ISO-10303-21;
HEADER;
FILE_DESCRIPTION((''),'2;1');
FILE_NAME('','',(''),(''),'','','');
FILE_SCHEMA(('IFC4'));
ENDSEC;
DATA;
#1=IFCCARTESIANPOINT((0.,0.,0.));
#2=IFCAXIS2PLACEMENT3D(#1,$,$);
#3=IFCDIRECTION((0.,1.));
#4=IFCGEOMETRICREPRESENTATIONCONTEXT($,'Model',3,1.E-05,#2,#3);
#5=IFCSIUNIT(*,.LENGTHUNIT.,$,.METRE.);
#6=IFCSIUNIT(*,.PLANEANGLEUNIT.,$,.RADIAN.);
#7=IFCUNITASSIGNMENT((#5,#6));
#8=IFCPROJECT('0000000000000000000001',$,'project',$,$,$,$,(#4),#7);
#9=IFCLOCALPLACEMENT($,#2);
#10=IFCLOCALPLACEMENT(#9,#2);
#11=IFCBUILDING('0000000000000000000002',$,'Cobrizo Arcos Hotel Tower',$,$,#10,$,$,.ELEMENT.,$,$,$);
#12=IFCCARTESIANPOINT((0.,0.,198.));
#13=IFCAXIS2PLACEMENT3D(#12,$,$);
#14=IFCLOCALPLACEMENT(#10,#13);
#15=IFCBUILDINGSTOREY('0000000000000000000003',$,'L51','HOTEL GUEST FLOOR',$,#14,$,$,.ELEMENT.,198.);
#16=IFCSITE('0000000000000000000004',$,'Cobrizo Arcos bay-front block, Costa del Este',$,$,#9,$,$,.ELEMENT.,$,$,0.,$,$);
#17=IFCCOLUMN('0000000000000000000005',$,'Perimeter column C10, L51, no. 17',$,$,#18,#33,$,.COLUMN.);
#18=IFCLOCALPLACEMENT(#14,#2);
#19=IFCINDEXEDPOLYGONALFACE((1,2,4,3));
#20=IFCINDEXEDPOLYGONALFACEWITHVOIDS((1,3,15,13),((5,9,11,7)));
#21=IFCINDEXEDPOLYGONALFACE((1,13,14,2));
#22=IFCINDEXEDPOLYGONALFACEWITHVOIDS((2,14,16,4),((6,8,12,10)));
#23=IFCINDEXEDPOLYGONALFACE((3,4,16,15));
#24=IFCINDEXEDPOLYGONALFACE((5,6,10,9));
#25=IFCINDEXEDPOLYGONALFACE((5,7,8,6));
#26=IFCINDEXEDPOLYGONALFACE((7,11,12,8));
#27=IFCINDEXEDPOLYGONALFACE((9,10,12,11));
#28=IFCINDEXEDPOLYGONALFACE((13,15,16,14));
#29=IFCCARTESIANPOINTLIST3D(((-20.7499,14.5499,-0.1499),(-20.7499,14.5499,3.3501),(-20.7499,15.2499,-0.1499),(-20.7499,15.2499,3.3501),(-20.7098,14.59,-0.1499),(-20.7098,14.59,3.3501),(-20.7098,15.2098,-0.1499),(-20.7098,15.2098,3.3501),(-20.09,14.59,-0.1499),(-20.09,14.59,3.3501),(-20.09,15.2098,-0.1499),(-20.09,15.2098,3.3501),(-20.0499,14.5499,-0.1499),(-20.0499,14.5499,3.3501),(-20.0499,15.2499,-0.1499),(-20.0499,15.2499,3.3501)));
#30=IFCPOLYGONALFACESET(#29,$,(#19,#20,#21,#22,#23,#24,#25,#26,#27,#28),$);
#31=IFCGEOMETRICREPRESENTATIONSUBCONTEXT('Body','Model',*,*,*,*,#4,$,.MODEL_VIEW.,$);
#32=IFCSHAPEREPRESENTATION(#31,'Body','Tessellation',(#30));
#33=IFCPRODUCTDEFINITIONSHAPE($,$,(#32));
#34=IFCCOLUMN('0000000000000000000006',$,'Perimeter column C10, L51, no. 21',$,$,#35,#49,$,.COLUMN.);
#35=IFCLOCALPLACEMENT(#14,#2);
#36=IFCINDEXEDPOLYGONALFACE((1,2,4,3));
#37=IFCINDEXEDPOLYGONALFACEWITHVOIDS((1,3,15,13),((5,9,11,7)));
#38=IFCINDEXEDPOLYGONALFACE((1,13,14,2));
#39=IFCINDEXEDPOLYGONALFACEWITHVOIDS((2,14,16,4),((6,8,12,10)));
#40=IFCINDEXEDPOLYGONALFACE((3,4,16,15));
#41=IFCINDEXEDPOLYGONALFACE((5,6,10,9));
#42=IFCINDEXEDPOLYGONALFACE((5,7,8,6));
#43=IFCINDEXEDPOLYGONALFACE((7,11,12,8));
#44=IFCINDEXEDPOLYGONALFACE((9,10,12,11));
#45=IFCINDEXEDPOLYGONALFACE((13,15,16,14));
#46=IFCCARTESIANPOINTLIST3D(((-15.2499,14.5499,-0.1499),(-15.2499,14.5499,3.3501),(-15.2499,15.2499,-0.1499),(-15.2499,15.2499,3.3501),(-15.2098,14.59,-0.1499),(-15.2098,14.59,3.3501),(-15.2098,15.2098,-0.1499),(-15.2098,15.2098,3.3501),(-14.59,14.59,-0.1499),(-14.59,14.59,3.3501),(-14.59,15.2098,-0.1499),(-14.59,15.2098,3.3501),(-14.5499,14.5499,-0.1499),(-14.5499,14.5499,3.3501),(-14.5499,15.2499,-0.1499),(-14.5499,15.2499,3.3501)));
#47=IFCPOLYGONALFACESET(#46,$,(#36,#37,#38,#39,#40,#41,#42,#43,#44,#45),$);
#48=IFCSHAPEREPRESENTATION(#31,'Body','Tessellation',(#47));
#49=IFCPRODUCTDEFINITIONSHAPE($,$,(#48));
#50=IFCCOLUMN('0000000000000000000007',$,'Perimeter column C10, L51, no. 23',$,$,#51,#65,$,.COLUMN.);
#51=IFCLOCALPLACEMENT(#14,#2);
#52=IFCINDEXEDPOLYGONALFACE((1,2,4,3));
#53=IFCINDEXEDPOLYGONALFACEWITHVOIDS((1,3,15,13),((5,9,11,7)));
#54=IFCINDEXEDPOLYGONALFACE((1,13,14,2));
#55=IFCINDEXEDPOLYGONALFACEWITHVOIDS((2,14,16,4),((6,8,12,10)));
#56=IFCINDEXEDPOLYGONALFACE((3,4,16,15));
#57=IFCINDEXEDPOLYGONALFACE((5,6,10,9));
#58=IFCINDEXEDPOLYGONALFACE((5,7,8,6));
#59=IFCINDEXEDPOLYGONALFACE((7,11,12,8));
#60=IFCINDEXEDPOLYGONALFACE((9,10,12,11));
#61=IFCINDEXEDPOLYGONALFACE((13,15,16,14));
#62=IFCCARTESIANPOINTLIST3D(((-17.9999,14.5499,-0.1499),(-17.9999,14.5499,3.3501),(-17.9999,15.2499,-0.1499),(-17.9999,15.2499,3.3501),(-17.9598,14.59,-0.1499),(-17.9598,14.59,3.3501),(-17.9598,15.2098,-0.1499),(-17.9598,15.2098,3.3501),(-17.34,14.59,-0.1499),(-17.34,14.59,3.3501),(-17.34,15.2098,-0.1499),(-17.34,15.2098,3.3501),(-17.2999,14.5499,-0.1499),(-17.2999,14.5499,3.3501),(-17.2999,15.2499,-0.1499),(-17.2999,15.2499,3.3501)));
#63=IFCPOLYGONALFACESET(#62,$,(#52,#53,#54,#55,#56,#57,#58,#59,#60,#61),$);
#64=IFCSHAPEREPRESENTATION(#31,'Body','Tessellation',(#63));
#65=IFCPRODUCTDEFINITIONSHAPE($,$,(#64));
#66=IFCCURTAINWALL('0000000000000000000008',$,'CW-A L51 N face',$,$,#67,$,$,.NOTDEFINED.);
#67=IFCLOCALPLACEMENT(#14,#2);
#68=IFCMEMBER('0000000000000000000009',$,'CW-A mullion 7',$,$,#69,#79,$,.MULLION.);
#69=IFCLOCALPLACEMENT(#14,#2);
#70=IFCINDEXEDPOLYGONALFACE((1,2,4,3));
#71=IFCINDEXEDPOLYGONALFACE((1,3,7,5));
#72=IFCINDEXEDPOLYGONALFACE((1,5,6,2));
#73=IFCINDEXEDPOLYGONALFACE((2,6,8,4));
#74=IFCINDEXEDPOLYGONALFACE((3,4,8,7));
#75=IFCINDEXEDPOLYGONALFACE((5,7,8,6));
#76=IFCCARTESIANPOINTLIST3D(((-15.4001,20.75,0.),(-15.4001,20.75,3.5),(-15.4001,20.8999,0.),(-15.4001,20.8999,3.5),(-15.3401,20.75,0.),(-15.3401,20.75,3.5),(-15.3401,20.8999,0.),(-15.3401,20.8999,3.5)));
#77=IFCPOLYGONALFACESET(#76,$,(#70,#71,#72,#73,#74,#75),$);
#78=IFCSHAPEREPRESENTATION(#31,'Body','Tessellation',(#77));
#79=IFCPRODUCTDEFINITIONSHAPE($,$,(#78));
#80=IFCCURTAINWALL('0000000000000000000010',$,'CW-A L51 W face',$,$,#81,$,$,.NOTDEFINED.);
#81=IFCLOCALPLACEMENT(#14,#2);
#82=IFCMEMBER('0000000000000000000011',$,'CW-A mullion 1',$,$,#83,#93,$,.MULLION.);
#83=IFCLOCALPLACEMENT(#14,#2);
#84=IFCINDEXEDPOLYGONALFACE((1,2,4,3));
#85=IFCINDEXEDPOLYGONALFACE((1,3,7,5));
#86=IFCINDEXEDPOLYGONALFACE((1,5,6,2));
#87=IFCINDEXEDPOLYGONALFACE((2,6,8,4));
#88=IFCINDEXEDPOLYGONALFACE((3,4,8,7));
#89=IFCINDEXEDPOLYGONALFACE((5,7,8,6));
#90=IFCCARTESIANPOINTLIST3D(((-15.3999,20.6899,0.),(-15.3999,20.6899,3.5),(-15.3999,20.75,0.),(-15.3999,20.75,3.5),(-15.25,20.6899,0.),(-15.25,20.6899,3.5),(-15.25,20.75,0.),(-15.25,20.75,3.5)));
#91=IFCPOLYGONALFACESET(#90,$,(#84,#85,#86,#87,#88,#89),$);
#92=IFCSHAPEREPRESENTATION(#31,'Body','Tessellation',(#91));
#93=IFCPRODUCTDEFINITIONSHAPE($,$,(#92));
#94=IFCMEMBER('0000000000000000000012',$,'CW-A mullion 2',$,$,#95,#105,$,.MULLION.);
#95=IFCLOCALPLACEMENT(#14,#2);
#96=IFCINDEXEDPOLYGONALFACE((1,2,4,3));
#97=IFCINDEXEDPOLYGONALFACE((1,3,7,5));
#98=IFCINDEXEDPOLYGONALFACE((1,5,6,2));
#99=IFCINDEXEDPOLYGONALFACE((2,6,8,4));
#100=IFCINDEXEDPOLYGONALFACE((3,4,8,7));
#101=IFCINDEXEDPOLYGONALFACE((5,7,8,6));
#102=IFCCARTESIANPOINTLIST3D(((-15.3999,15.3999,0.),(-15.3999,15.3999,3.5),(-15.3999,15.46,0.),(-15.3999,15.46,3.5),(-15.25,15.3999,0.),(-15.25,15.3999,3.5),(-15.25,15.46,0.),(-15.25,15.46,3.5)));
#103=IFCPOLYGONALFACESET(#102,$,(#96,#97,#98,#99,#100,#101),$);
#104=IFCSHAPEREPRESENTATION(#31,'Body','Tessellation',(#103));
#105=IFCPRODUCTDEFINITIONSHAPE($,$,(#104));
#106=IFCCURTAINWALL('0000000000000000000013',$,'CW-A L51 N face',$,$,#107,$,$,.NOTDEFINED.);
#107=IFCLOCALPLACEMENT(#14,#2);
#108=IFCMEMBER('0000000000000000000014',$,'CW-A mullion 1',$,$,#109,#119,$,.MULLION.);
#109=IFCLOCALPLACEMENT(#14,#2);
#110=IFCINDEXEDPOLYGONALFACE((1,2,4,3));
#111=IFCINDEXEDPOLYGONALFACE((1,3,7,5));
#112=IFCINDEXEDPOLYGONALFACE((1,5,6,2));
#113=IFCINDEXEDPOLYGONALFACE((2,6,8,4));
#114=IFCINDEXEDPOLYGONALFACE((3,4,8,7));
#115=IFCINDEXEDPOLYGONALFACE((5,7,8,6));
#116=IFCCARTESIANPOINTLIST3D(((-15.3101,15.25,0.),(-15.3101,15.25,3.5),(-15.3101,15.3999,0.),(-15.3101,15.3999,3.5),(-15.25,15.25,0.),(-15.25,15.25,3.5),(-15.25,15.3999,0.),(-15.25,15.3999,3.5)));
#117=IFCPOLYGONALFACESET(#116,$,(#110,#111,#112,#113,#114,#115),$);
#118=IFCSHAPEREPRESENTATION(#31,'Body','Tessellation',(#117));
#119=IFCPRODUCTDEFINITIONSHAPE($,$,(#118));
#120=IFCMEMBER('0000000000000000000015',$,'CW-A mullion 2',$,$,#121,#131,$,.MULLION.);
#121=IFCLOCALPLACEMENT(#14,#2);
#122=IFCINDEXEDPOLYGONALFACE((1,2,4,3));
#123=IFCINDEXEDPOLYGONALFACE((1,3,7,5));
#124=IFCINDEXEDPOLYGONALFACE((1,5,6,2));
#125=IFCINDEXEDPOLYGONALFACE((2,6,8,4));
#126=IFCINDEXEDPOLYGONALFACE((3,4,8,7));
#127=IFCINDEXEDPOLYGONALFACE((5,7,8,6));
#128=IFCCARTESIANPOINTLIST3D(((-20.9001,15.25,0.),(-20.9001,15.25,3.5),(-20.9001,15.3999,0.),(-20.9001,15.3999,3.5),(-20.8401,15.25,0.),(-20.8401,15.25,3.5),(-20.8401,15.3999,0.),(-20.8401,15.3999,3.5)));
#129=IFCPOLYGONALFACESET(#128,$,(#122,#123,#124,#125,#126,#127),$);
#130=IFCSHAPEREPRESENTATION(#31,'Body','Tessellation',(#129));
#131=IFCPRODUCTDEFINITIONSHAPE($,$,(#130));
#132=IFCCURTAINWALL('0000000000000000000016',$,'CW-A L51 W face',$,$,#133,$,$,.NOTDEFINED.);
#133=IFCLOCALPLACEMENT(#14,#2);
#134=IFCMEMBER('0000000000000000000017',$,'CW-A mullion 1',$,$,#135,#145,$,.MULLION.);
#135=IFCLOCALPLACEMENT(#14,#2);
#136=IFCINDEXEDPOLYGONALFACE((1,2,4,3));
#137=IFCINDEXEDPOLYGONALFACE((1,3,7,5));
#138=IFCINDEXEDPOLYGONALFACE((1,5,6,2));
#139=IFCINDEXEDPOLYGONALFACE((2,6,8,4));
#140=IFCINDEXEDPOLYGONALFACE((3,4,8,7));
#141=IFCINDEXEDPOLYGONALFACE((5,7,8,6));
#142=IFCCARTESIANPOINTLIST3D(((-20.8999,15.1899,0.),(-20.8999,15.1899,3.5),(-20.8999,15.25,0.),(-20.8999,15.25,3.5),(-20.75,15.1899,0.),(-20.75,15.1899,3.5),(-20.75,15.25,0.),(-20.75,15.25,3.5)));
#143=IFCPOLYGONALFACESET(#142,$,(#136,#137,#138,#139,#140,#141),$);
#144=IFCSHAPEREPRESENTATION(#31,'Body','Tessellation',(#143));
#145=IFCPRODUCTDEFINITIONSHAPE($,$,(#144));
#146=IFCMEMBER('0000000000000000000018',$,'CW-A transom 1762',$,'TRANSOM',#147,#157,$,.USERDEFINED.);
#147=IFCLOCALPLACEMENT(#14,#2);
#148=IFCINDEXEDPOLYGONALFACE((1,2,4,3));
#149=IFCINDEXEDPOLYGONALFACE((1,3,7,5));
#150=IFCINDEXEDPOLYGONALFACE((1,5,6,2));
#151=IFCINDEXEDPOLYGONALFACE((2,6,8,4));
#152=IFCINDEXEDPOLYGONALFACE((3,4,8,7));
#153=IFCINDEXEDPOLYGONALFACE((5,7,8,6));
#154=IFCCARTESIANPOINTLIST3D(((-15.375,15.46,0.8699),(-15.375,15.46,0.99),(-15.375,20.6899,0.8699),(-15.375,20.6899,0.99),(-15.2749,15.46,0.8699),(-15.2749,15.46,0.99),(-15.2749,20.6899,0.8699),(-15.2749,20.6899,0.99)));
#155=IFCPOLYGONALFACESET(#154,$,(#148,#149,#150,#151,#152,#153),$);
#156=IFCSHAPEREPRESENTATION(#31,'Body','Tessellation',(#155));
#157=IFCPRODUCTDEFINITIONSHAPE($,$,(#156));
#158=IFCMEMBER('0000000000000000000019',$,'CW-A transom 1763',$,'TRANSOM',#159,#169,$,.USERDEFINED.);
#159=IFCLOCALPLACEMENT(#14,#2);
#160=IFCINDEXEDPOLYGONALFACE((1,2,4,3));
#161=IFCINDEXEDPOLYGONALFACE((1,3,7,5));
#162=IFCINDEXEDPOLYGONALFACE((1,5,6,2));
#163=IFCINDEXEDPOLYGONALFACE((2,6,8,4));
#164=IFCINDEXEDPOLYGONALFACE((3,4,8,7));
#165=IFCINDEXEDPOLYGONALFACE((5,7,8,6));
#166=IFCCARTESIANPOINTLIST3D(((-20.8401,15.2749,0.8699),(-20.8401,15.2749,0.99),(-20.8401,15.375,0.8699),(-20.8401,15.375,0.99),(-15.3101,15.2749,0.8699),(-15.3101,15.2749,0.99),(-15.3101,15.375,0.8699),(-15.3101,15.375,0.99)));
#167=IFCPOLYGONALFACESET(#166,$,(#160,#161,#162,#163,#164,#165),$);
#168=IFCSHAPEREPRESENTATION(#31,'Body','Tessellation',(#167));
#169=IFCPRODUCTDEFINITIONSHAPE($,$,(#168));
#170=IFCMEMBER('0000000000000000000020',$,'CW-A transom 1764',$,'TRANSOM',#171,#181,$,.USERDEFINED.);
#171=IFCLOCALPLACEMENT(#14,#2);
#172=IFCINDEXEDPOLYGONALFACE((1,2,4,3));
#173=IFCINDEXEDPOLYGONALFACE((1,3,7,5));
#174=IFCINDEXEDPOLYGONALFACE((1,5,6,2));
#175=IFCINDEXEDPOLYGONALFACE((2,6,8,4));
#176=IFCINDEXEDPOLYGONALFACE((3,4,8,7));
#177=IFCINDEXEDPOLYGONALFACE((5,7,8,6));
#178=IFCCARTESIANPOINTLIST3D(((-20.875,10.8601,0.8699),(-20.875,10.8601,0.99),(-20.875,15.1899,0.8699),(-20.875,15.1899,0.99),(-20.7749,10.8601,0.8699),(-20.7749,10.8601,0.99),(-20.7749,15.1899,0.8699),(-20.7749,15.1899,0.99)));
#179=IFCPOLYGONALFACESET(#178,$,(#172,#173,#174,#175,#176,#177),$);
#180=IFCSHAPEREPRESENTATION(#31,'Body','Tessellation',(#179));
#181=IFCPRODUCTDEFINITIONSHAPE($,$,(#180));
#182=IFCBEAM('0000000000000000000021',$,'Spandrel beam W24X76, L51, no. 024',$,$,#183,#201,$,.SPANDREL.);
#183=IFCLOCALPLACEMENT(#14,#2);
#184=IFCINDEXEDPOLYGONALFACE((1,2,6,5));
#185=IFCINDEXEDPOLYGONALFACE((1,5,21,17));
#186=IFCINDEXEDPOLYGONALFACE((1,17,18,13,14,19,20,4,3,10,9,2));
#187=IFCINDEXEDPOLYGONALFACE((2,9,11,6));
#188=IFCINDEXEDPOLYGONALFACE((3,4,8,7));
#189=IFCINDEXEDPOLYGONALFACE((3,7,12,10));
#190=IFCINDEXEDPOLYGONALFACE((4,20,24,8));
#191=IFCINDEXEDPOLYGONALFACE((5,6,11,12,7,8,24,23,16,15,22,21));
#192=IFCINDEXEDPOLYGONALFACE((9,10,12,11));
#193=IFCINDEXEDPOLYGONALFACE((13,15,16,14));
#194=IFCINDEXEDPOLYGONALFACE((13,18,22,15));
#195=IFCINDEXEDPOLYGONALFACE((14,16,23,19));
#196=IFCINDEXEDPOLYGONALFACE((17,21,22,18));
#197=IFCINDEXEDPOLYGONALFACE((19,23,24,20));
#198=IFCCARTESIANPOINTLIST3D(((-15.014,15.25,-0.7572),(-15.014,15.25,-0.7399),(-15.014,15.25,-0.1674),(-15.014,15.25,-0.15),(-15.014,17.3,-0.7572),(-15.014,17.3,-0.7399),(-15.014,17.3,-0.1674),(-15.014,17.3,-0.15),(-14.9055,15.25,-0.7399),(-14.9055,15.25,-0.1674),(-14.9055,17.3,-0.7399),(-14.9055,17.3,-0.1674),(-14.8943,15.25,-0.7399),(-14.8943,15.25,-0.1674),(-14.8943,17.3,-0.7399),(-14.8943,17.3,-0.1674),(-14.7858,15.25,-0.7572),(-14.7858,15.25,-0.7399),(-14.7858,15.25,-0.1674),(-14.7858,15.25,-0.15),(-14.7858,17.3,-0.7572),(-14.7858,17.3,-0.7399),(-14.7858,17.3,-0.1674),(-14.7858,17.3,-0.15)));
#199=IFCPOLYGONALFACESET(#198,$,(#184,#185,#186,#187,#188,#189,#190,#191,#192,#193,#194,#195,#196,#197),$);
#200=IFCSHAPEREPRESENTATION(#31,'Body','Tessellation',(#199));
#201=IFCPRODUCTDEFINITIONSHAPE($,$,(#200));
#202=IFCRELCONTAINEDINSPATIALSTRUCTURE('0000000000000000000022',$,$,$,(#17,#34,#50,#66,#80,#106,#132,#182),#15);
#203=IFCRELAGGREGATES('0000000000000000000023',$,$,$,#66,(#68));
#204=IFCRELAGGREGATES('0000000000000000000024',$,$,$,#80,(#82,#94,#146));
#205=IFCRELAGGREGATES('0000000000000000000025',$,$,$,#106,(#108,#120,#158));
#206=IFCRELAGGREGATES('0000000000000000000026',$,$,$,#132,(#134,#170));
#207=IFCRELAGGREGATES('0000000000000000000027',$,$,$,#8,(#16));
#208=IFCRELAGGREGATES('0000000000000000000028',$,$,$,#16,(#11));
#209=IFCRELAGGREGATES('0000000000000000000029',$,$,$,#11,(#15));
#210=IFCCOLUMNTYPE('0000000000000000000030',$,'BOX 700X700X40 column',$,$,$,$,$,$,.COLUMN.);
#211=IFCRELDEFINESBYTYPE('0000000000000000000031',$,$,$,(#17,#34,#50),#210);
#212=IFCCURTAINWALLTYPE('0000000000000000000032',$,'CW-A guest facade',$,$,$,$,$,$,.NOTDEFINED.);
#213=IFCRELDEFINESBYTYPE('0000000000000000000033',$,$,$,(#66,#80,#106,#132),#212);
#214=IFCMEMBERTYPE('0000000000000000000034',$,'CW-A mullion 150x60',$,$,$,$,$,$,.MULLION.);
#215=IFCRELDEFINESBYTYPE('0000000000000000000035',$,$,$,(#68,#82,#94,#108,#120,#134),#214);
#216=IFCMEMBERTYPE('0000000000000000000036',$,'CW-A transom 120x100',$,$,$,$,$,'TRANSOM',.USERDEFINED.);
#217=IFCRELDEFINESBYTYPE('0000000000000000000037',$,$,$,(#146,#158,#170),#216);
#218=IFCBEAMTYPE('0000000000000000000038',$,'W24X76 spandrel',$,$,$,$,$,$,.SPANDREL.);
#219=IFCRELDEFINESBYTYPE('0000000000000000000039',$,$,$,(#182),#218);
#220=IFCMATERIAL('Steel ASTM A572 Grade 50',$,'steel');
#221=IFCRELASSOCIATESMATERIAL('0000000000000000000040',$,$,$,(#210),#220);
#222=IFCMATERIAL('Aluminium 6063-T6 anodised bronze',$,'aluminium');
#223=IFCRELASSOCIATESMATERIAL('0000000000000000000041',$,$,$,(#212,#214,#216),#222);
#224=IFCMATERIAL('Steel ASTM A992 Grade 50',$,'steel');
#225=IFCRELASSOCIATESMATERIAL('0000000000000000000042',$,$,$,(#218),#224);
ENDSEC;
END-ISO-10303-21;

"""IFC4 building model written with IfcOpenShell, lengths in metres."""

from ifc_helpers import new_model, si_unit, direction, frame, origin, origin_2d, place, context, subcontext, project, spatial, rectangle, hollow_rectangle, i_section, extrude, material, material_profile, profile_set, type_object, element, aggregate, save


model = new_model("IFC4")

# Units and contexts
model_context = context("Model", 3, precision=1e-05, world=origin(), true_north=direction((0.0, 1.0)))
body_context = subcontext(model_context, "Body", "Model", "MODEL_VIEW")
ifc_project = project(units=[si_unit("LENGTHUNIT", "METRE"), si_unit("PLANEANGLEUNIT", "RADIAN")], contexts=[model_context])

# Site, building, storey
site_placement = place(None, origin())
site = spatial("IfcSite", under=ifc_project, at=site_placement, Name="Cobrizo Arcos bay-front block, Costa del Este", CompositionType="ELEMENT", RefElevation=0.0)
building_placement = place(site_placement, origin())
building = spatial("IfcBuilding", under=site, at=building_placement, Name="Cobrizo Arcos Hotel Tower", CompositionType="ELEMENT")
storey_placement = place(building_placement, frame((0.0, 0.0, 198.0)))
storey = spatial("IfcBuildingStorey", under=building, at=storey_placement, Name="L51", Description="HOTEL GUEST FLOOR", CompositionType="ELEMENT", Elevation=198.0)

# Columns
ifc_material_1 = material(Name="Steel ASTM A572 Grade 50", Category="steel")
ifc_material_profile_1 = material_profile(ifc_material_1, hollow_rectangle(XDim=0.7, YDim=0.7, WallThickness=0.04, at=origin_2d()), Name="BOX 700X700X40")
ifc_profile_set_1 = profile_set([ifc_material_profile_1], Name="Steel ASTM A572 Grade 50")
column_type = type_object("IfcColumnType", Name="BOX 700X700X40 column", PredefinedType="COLUMN", material=ifc_profile_set_1)
for number, where, z_axis, x_axis, name in (
    (1, (-20.3999, 14.8999, -0.1499), (0.0, 0.0, 1.0), (1.0, 0.0, 0.0), "Perimeter column C10, L51, no. 17"),
    (2, (-14.8999, 14.8999, -0.1499), (0.0, 0.0, 1.0), (1.0, 0.0, 0.0), "Perimeter column C10, L51, no. 21"),
    (3, (-17.6499, 14.8999, -0.1499), (0.0, 0.0, 1.0), (1.0, 0.0, 0.0), "Perimeter column C10, L51, no. 23"),
):
    element("IfcColumn", number, at=place(storey_placement, frame(where, z_axis=z_axis, x_axis=x_axis)), inside=storey, type_object=column_type, Name=name, PredefinedType="COLUMN", context=body_context, shape_type="SweptSolid", body=[
        extrude(hollow_rectangle(XDim=0.7, YDim=0.7, WallThickness=0.04, at=origin_2d()), origin(), (0.0, 0.0, 1.0), 3.5),
    ])

# Curtain wall, member
ifc_material_2 = material(Name="Aluminium 6063-T6 anodised bronze", Category="aluminium")
curtain_wall_type = type_object("IfcCurtainWallType", Name="CW-A guest facade", PredefinedType="NOTDEFINED", material=ifc_material_2)
curtain_wall_1_placement = place(storey_placement, origin())
curtain_wall_1 = element("IfcCurtainWall", 4, at=curtain_wall_1_placement, inside=storey, type_object=curtain_wall_type, Name="CW-A L51 N face", PredefinedType="NOTDEFINED")
ifc_material_profile_2 = material_profile(ifc_material_2, rectangle(XDim=0.1499, YDim=0.0601, at=origin_2d()), Name="CW-A mullion 150x60")
ifc_profile_set_2 = profile_set([ifc_material_profile_2], Name="Aluminium 6063-T6 anodised bronze")
member_type_1 = type_object("IfcMemberType", Name="CW-A mullion 150x60", PredefinedType="MULLION", material=ifc_profile_set_2)
member_1_placement = place(storey_placement, frame((-15.3701, 20.825, 0.0), z_axis=(0.0, 0.0, 1.0), x_axis=(0.0, 1.0, 0.0)))
member_1 = element("IfcMember", 5, at=member_1_placement, type_object=member_type_1, Name="CW-A mullion 7", PredefinedType="MULLION", context=body_context, shape_type="SweptSolid", body=[
    extrude(rectangle(XDim=0.1499, YDim=0.0601, at=origin_2d()), origin(), (0.0, 0.0, 1.0), 3.5),
])
aggregate(curtain_wall_1, [member_1])

# Curtain walls, members
curtain_wall_2_placement = place(storey_placement, origin())
curtain_wall_2 = element("IfcCurtainWall", 6, at=curtain_wall_2_placement, inside=storey, type_object=curtain_wall_type, Name="CW-A L51 W face", PredefinedType="NOTDEFINED")
member_2_placement = place(storey_placement, frame((-15.325, 20.72, 0.0), z_axis=(0.0, 0.0, 1.0), x_axis=(-1.0, 0.0, 0.0)))
member_2 = element("IfcMember", 7, at=member_2_placement, type_object=member_type_1, Name="CW-A mullion 1", PredefinedType="MULLION", context=body_context, shape_type="SweptSolid", body=[
    extrude(rectangle(XDim=0.1499, YDim=0.0601, at=origin_2d()), origin(), (0.0, 0.0, 1.0), 3.5),
])
member_3_placement = place(storey_placement, frame((-15.325, 15.4299, 0.0), z_axis=(0.0, 0.0, 1.0), x_axis=(-1.0, 0.0, 0.0)))
member_3 = element("IfcMember", 8, at=member_3_placement, type_object=member_type_1, Name="CW-A mullion 2", PredefinedType="MULLION", context=body_context, shape_type="SweptSolid", body=[
    extrude(rectangle(XDim=0.1499, YDim=0.0601, at=origin_2d()), origin(), (0.0, 0.0, 1.0), 3.5),
])
curtain_wall_3_placement = place(storey_placement, origin())
curtain_wall_3 = element("IfcCurtainWall", 9, at=curtain_wall_3_placement, inside=storey, type_object=curtain_wall_type, Name="CW-A L51 N face", PredefinedType="NOTDEFINED")
member_4_placement = place(storey_placement, frame((-15.28, 15.325, 0.0), z_axis=(0.0, 0.0, 1.0), x_axis=(0.0, 1.0, 0.0)))
member_4 = element("IfcMember", 10, at=member_4_placement, type_object=member_type_1, Name="CW-A mullion 1", PredefinedType="MULLION", context=body_context, shape_type="SweptSolid", body=[
    extrude(rectangle(XDim=0.1499, YDim=0.0601, at=origin_2d()), origin(), (0.0, 0.0, 1.0), 3.5),
])
member_5_placement = place(storey_placement, frame((-20.8701, 15.325, 0.0), z_axis=(0.0, 0.0, 1.0), x_axis=(0.0, 1.0, 0.0)))
member_5 = element("IfcMember", 11, at=member_5_placement, type_object=member_type_1, Name="CW-A mullion 2", PredefinedType="MULLION", context=body_context, shape_type="SweptSolid", body=[
    extrude(rectangle(XDim=0.1499, YDim=0.0601, at=origin_2d()), origin(), (0.0, 0.0, 1.0), 3.5),
])

# Curtain wall, member
curtain_wall_4_placement = place(storey_placement, origin())
curtain_wall_4 = element("IfcCurtainWall", 12, at=curtain_wall_4_placement, inside=storey, type_object=curtain_wall_type, Name="CW-A L51 W face", PredefinedType="NOTDEFINED")
member_6_placement = place(storey_placement, frame((-20.825, 15.22, 0.0), z_axis=(0.0, 0.0, 1.0), x_axis=(-1.0, 0.0, 0.0)))
member_6 = element("IfcMember", 13, at=member_6_placement, type_object=member_type_1, Name="CW-A mullion 1", PredefinedType="MULLION", context=body_context, shape_type="SweptSolid", body=[
    extrude(rectangle(XDim=0.1499, YDim=0.0601, at=origin_2d()), origin(), (0.0, 0.0, 1.0), 3.5),
])

# Members
ifc_material_profile_3 = material_profile(ifc_material_2, rectangle(XDim=0.1001, YDim=0.1201, at=origin_2d()), Name="CW-A transom 120x100")
ifc_profile_set_3 = profile_set([ifc_material_profile_3], Name="Aluminium 6063-T6 anodised bronze")
member_type_2 = type_object("IfcMemberType", Name="CW-A transom 120x100", ElementType="TRANSOM", PredefinedType="USERDEFINED", material=ifc_profile_set_3)
member_7_placement = place(storey_placement, frame((-15.325, 20.6899, 0.9299), z_axis=(0.0, -1.0, 0.0), x_axis=(1.0, 0.0, 0.0)))
member_7 = element("IfcMember", 14, at=member_7_placement, type_object=member_type_2, Name="CW-A transom 1762", ObjectType="TRANSOM", PredefinedType="USERDEFINED", context=body_context, shape_type="SweptSolid", body=[
    extrude(rectangle(XDim=0.1001, YDim=0.1201, at=origin_2d()), origin(), (0.0, 0.0, 1.0), 5.23),
])
member_8_placement = place(storey_placement, frame((-15.3101, 15.325, 0.9299), z_axis=(-1.0, 0.0, 0.0), x_axis=(0.0, -1.0, 0.0)))
member_8 = element("IfcMember", 15, at=member_8_placement, type_object=member_type_2, Name="CW-A transom 1763", ObjectType="TRANSOM", PredefinedType="USERDEFINED", context=body_context, shape_type="SweptSolid", body=[
    extrude(rectangle(XDim=0.1001, YDim=0.1201, at=origin_2d()), origin(), (0.0, 0.0, 1.0), 5.53),
])
member_9_placement = place(storey_placement, frame((-20.825, 15.1899, 0.9299), z_axis=(0.0, -1.0, 0.0), x_axis=(1.0, 0.0, 0.0)))
member_9 = element("IfcMember", 16, at=member_9_placement, type_object=member_type_2, Name="CW-A transom 1764", ObjectType="TRANSOM", PredefinedType="USERDEFINED", context=body_context, shape_type="SweptSolid", body=[
    extrude(rectangle(XDim=0.1001, YDim=0.1201, at=origin_2d()), origin(), (0.0, 0.0, 1.0), 4.3298),
])

# Beam
ifc_material_3 = material(Name="Steel ASTM A992 Grade 50", Category="steel")
ifc_material_profile_4 = material_profile(ifc_material_3, i_section(OverallWidth=0.2283, OverallDepth=0.6072, WebThickness=0.0112, FlangeThickness=0.0173, at=origin_2d()), Name="W24X76")
ifc_profile_set_4 = profile_set([ifc_material_profile_4], Name="Steel ASTM A992 Grade 50")
beam_type = type_object("IfcBeamType", Name="W24X76 spandrel", PredefinedType="SPANDREL", material=ifc_profile_set_4)
for number, where, z_axis, x_axis, name in (
    (17, (-14.8999, 17.3, -0.4536), (0.0, -1.0, 0.0), (1.0, 0.0, 0.0), "Spandrel beam W24X76, L51, no. 024"),
):
    element("IfcBeam", number, at=place(storey_placement, frame(where, z_axis=z_axis, x_axis=x_axis)), inside=storey, type_object=beam_type, Name=name, PredefinedType="SPANDREL", context=body_context, shape_type="SweptSolid", body=[
        extrude(i_section(OverallWidth=0.2283, OverallDepth=0.6072, WebThickness=0.0112, FlangeThickness=0.0173, at=origin_2d()), origin(), (0.0, 0.0, 1.0), 2.05),
    ])

aggregate(curtain_wall_2, [member_2, member_3, member_7])
aggregate(curtain_wall_3, [member_4, member_5, member_8])
aggregate(curtain_wall_4, [member_6, member_9])

save(model, "model.ifc")
